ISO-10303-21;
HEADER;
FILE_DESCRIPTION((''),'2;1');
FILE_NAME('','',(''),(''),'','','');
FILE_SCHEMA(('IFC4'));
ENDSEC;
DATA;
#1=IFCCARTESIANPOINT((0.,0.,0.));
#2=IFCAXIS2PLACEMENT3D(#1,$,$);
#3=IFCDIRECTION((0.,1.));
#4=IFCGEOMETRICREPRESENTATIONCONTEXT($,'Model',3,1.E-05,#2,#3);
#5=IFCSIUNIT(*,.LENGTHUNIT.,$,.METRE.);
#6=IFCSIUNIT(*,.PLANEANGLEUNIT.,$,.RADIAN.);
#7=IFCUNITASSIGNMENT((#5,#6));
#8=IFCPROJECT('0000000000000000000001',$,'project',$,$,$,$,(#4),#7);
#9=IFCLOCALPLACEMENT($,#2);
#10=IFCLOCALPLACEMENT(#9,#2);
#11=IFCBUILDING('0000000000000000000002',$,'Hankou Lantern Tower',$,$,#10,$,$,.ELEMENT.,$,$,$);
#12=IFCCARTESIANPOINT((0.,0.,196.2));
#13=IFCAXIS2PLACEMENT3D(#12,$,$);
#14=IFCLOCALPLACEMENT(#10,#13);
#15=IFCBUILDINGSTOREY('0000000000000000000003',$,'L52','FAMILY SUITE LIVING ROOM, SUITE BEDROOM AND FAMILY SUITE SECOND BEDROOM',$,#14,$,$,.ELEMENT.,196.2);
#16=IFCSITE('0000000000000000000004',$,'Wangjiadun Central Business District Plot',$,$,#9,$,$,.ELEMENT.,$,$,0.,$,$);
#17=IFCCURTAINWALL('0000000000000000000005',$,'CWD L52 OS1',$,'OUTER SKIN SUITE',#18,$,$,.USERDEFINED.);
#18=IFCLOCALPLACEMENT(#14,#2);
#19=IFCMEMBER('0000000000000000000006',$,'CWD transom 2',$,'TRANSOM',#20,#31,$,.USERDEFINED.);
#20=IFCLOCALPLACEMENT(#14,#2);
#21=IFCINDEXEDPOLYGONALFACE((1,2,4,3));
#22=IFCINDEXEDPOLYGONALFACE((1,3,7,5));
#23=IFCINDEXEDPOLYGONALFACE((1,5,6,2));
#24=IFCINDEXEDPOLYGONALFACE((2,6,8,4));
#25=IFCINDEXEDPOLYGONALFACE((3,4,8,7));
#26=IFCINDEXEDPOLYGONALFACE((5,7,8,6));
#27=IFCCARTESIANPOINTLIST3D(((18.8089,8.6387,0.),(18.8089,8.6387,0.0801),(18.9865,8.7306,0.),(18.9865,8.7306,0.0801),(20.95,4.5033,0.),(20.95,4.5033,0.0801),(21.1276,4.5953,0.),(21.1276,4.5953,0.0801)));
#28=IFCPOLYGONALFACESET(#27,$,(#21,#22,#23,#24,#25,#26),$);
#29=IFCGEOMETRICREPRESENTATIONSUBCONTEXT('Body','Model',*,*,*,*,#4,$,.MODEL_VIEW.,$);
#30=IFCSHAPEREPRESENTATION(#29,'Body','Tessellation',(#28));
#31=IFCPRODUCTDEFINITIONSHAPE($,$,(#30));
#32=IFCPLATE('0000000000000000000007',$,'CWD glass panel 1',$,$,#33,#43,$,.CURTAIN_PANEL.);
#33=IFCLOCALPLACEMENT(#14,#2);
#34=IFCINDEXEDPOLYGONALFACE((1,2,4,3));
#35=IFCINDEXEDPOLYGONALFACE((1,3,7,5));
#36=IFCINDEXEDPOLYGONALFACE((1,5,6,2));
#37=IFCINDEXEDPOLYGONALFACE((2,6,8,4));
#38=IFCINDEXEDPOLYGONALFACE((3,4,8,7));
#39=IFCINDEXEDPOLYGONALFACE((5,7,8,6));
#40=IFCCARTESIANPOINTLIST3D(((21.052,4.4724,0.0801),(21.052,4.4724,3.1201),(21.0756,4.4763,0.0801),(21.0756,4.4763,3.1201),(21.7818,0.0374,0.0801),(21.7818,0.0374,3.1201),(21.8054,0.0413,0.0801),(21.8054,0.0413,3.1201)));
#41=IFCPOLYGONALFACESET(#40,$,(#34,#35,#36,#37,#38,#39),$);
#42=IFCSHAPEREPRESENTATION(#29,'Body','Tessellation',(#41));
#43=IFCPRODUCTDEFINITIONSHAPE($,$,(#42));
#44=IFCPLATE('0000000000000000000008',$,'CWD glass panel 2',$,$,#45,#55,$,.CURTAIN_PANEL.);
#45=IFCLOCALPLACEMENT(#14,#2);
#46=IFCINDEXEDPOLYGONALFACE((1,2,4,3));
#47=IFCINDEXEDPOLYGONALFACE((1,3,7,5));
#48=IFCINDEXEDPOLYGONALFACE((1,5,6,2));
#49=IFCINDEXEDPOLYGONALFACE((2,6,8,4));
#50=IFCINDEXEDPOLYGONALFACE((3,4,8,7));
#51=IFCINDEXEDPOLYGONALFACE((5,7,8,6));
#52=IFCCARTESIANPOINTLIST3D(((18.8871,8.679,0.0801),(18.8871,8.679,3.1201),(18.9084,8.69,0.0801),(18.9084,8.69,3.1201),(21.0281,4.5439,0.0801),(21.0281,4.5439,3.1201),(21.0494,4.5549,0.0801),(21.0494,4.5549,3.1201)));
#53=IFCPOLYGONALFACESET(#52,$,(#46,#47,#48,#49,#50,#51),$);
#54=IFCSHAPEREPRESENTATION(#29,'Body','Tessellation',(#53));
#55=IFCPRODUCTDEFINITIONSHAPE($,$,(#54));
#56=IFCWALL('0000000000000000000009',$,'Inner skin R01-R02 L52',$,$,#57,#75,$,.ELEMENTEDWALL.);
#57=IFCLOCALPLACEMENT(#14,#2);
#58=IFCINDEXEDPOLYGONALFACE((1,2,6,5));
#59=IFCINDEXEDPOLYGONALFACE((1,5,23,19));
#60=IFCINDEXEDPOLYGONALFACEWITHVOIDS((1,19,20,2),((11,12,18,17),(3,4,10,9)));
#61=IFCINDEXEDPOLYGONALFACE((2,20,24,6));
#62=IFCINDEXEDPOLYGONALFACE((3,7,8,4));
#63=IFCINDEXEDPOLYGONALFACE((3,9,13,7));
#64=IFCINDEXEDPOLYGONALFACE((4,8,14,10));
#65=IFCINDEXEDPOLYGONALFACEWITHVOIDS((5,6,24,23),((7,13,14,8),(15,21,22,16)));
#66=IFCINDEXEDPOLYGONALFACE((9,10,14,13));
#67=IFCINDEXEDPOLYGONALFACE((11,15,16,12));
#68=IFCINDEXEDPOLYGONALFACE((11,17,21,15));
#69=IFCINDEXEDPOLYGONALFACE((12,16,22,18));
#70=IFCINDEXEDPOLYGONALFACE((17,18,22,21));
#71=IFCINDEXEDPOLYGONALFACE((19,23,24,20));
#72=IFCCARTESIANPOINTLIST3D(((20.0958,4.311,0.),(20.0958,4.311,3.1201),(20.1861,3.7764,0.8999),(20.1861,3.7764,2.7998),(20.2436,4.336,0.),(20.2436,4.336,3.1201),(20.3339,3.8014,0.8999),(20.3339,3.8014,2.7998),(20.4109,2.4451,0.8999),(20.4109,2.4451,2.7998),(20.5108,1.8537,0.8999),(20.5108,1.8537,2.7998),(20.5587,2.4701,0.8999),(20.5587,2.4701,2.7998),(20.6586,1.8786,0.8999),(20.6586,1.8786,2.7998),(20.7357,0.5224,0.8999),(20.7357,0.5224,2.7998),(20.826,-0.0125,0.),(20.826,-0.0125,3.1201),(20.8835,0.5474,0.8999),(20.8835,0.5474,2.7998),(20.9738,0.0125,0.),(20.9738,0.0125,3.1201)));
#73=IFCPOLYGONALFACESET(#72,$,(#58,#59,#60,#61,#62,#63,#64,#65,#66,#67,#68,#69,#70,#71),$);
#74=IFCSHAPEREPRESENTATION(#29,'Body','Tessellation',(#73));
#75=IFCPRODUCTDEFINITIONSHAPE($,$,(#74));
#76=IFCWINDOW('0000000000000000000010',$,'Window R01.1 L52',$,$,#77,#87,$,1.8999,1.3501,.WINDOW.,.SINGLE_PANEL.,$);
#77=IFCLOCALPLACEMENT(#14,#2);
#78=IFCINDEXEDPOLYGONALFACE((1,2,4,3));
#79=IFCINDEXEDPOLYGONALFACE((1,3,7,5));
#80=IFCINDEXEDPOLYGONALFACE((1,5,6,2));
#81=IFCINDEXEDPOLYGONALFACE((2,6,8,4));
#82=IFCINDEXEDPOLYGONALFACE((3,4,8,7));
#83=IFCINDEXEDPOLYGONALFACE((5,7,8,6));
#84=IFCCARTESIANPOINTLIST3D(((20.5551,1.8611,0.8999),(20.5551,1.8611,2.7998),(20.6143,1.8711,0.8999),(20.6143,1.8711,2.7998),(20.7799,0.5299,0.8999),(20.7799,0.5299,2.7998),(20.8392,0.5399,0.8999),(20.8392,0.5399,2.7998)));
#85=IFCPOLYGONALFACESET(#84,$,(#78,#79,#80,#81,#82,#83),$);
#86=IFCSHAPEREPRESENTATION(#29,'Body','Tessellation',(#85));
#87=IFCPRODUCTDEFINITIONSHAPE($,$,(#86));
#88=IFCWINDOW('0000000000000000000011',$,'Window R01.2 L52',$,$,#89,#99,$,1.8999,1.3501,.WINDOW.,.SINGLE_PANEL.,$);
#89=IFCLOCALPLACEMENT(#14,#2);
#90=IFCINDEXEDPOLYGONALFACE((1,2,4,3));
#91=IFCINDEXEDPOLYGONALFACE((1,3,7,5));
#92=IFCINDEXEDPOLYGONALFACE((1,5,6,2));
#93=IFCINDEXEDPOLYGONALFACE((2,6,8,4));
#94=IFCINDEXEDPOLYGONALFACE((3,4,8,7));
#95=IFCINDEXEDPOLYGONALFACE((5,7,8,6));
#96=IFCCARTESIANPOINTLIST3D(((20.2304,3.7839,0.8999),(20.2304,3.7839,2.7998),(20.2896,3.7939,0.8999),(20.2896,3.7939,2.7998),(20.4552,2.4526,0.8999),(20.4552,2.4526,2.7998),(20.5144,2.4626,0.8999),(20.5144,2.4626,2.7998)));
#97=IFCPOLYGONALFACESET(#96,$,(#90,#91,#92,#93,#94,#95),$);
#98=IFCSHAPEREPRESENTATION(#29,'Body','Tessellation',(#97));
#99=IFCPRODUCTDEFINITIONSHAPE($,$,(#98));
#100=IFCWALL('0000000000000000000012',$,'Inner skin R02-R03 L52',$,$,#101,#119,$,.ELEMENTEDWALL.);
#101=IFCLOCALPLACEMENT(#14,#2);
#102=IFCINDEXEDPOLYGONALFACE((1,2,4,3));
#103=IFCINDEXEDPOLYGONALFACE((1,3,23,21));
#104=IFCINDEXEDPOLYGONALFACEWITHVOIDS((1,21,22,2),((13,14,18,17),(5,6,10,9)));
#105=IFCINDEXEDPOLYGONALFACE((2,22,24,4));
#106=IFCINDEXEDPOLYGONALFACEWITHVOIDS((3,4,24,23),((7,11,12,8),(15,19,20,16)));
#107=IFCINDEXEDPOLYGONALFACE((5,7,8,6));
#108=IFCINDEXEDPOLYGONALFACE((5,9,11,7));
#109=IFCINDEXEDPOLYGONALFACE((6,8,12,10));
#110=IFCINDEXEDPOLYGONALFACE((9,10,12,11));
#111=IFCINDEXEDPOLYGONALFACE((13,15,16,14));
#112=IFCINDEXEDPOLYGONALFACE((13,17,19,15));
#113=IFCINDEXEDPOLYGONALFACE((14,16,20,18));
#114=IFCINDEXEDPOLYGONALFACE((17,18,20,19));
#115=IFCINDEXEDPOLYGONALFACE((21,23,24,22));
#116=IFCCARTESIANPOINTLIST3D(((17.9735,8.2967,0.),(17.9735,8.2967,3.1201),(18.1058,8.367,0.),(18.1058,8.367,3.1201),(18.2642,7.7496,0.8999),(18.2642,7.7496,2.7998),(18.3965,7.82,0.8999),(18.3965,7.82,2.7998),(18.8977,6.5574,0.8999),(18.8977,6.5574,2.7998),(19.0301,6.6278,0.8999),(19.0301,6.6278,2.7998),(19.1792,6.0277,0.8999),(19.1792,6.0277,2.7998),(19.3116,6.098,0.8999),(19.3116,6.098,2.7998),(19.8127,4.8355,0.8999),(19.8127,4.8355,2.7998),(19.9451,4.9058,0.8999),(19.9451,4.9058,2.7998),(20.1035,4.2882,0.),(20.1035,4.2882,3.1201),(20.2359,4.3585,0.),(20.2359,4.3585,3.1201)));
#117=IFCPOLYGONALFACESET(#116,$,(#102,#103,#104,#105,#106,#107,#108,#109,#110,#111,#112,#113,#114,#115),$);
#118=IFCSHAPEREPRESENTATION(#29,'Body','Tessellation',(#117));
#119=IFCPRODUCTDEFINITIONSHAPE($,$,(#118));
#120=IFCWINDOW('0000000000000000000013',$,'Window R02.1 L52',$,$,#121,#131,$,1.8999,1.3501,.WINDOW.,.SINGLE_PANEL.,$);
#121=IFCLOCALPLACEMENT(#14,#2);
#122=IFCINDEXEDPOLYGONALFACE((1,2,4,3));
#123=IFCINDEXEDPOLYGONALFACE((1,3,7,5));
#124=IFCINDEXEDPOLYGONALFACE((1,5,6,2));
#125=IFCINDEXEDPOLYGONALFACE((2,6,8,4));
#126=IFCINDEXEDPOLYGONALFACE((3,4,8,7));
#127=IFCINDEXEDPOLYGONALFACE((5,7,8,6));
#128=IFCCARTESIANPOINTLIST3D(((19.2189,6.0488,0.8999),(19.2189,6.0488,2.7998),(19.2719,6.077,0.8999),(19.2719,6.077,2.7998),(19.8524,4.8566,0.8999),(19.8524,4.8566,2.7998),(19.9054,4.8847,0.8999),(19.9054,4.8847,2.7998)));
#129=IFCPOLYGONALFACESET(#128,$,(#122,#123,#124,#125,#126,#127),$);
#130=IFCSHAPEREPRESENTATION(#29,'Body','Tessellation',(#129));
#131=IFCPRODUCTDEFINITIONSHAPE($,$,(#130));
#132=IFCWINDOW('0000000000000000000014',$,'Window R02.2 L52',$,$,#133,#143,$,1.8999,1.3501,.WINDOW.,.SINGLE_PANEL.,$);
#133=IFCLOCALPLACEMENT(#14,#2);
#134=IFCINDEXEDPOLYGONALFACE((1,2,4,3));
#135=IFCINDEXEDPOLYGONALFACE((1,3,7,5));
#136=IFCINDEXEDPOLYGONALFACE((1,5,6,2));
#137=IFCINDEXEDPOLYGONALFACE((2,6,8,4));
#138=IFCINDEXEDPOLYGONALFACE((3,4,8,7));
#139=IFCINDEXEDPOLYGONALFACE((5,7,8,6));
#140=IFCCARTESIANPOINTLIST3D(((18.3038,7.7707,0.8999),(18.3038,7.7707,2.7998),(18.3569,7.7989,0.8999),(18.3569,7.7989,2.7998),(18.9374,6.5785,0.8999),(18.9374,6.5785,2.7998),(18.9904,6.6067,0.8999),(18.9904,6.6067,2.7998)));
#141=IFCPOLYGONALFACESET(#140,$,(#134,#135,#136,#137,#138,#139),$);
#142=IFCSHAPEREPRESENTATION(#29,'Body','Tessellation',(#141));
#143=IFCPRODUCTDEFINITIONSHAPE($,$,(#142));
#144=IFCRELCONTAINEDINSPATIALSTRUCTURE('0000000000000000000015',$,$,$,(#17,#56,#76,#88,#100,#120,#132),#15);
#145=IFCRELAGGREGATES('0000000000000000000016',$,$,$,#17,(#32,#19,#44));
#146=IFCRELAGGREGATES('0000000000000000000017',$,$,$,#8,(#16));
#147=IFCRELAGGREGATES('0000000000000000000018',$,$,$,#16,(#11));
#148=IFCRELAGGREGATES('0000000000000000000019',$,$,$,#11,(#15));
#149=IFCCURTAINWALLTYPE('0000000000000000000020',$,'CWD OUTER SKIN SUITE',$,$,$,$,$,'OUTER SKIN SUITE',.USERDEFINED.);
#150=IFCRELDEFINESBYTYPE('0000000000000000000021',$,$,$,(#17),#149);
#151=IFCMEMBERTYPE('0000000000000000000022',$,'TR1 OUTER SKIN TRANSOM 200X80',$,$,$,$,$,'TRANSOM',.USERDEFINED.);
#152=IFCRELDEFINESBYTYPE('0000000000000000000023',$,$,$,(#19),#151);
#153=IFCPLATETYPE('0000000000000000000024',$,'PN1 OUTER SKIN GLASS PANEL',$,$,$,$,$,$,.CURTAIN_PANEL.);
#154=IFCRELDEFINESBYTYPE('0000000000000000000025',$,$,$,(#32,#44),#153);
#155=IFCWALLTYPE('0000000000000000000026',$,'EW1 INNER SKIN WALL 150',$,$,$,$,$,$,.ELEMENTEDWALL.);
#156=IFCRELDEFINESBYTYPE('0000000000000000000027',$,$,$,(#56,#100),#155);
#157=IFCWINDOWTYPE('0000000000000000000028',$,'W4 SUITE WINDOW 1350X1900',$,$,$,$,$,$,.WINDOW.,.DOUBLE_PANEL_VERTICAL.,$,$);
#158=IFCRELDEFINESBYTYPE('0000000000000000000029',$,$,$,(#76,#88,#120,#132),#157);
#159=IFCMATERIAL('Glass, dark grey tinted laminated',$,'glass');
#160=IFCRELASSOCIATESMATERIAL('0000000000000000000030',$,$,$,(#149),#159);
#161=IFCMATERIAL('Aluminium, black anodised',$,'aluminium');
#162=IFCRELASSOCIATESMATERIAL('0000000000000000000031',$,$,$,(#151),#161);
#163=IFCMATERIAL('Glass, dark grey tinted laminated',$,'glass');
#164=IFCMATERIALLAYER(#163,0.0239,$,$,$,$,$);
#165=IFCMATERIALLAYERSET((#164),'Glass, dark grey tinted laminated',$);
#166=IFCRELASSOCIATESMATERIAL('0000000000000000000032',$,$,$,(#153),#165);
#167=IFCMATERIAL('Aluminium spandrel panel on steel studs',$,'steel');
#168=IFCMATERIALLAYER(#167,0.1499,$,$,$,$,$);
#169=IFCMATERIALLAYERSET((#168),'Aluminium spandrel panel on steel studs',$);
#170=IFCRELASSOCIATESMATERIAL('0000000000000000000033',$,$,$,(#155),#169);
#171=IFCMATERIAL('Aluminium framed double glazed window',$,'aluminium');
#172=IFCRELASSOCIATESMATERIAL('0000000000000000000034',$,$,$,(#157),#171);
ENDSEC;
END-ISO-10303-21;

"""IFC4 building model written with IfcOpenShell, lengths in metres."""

from ifc_helpers import new_model, si_unit, direction, frame, frame_2d, origin, origin_2d, place, context, subcontext, project, spatial, rectangle, extrude, material, layer, layer_set, material_profile, profile_set, type_object, element, fill, aggregate, save


model = new_model("IFC4")

# Units and contexts
model_context = context("Model", 3, precision=1e-05, world=origin(), true_north=direction((0.0, 1.0)))
body_context = subcontext(model_context, "Body", "Model", "MODEL_VIEW")
ifc_project = project(units=[si_unit("LENGTHUNIT", "METRE"), si_unit("PLANEANGLEUNIT", "RADIAN")], contexts=[model_context])

# Site, building, storey
site_placement = place(None, origin())
site = spatial("IfcSite", under=ifc_project, at=site_placement, Name="Wangjiadun Central Business District Plot", CompositionType="ELEMENT", RefElevation=0.0)
building_placement = place(site_placement, origin())
building = spatial("IfcBuilding", under=site, at=building_placement, Name="Hankou Lantern Tower", CompositionType="ELEMENT")
storey_placement = place(building_placement, frame((0.0, 0.0, 196.2)))
storey = spatial("IfcBuildingStorey", under=building, at=storey_placement, Name="L52", Description="FAMILY SUITE LIVING ROOM, SUITE BEDROOM AND FAMILY SUITE SECOND BEDROOM", CompositionType="ELEMENT", Elevation=196.2)

# Curtain wall
ifc_material_1 = material(Name="Glass, dark grey tinted laminated", Category="glass")
curtain_wall_type = type_object("IfcCurtainWallType", Name="CWD OUTER SKIN SUITE", ElementType="OUTER SKIN SUITE", PredefinedType="USERDEFINED", material=ifc_material_1)
curtain_wall_placement = place(storey_placement, origin())
curtain_wall = element("IfcCurtainWall", 1, at=curtain_wall_placement, inside=storey, type_object=curtain_wall_type, Name="CWD L52 OS1", ObjectType="OUTER SKIN SUITE", PredefinedType="USERDEFINED")

# Member
ifc_material_2 = material(Name="Aluminium, black anodised", Category="aluminium")
ifc_material_profile_1 = material_profile(ifc_material_2, rectangle(XDim=0.2, YDim=0.0801, at=origin_2d()), Name="TR1 200X80")
ifc_profile_set_1 = profile_set([ifc_material_profile_1], Name="Aluminium, black anodised")
member_type_1 = type_object("IfcMemberType", Name="TR1 OUTER SKIN TRANSOM 200X80", ElementType="TRANSOM", PredefinedType="USERDEFINED", material=ifc_profile_set_1)
member_1_placement = place(storey_placement, frame((21.0388, 4.5493, 0.04), z_axis=(-0.459794, 0.888026, 0.0), x_axis=(-0.888026, -0.459794, 0.0)))
member_1 = element("IfcMember", 2, at=member_1_placement, type_object=member_type_1, Name="CWD transom 2", ObjectType="TRANSOM", PredefinedType="USERDEFINED", context=body_context, shape_type="SweptSolid", body=[
    extrude(rectangle(XDim=0.2, YDim=0.0801, at=origin_2d()), origin(), (0.0, 0.0, 1.0), 4.6567),
])

# Plates
ifc_material_3 = material(Name="Glass, dark grey tinted laminated", Category="glass")
ifc_layer_1 = layer(ifc_material_3, 0.0239)
ifc_layer_set_1 = layer_set([ifc_layer_1], Name="Glass, dark grey tinted laminated")
plate_type = type_object("IfcPlateType", Name="PN1 OUTER SKIN GLASS PANEL", PredefinedType="CURTAIN_PANEL", material=ifc_layer_set_1)
plate_1_placement = place(storey_placement, frame((21.4287, 2.2568, 0.0801), z_axis=(0.0, 0.0, 1.0), x_axis=(-0.162382, 0.986728, 0.0)))
plate_1 = element("IfcPlate", 3, at=plate_1_placement, type_object=plate_type, Name="CWD glass panel 1", PredefinedType="CURTAIN_PANEL", context=body_context, shape_type="SweptSolid", body=[
    extrude(rectangle(XDim=4.4946, YDim=0.0239, at=origin_2d()), origin(), (0.0, 0.0, 1.0), 3.04),
])
plate_2_placement = place(storey_placement, frame((19.9683, 6.6169, 0.0801), z_axis=(0.0, 0.0, 1.0), x_axis=(-0.459791, 0.888027, 0.0)))
plate_2 = element("IfcPlate", 4, at=plate_2_placement, type_object=plate_type, Name="CWD glass panel 2", PredefinedType="CURTAIN_PANEL", context=body_context, shape_type="SweptSolid", body=[
    extrude(rectangle(XDim=4.6565, YDim=0.0239, at=origin_2d()), origin(), (0.0, 0.0, 1.0), 3.04),
])
aggregate(curtain_wall, [plate_1, member_1, plate_2])

# Walls, openings, windows
ifc_material_4 = material(Name="Aluminium spandrel panel on steel studs", Category="steel")
ifc_layer_2 = layer(ifc_material_4, 0.1499)
ifc_layer_set_2 = layer_set([ifc_layer_2], Name="Aluminium spandrel panel on steel studs")
wall_type_1 = type_object("IfcWallType", Name="EW1 INNER SKIN WALL 150", PredefinedType="ELEMENTEDWALL", material=ifc_layer_set_2)
wall_1_placement = place(storey_placement, frame((20.8999, 0.0, 0.0), z_axis=(0.0, 0.0, 1.0), x_axis=(-0.166539, 0.986035, 0.0)))
wall_1 = element("IfcWall", 5, at=wall_1_placement, inside=storey, type_object=wall_type_1, Name="Inner skin R01-R02 L52", PredefinedType="ELEMENTEDWALL", context=body_context, shape_type="SweptSolid", body=[
    extrude(rectangle(XDim=4.3848, YDim=0.1499, at=frame_2d((2.1924, 0.0))), origin(), (0.0, 0.0, 1.0), 3.1201),
])
opening_1_placement = place(wall_1_placement, frame((0.5425, 0.0, 0.8999)))
opening_1 = element("IfcOpeningElement", 6, at=opening_1_placement, cuts=wall_1, PredefinedType="OPENING", context=body_context, shape_type="SweptSolid", body=[
    extrude(rectangle(XDim=1.3501, YDim=1.8999, at=frame_2d((0.675, 0.95))), frame((0.0, 0.085, 0.0), z_axis=(0.0, -1.0, 0.0), x_axis=(1.0, 0.0, 0.0)), (0.0, 0.0, 1.0), 0.1699),
])
opening_2_placement = place(wall_1_placement, frame((2.4924, 0.0, 0.8999)))
opening_2 = element("IfcOpeningElement", 7, at=opening_2_placement, cuts=wall_1, PredefinedType="OPENING", context=body_context, shape_type="SweptSolid", body=[
    extrude(rectangle(XDim=1.3501, YDim=1.8999, at=frame_2d((0.675, 0.95))), frame((0.0, 0.085, 0.0), z_axis=(0.0, -1.0, 0.0), x_axis=(1.0, 0.0, 0.0)), (0.0, 0.0, 1.0), 0.1699),
])
ifc_material_5 = material(Name="Aluminium framed double glazed window", Category="aluminium")
window_type = type_object("IfcWindowType", Name="W4 SUITE WINDOW 1350X1900", PartitioningType="DOUBLE_PANEL_VERTICAL", PredefinedType="WINDOW", material=ifc_material_5)
window_1_placement = place(opening_1_placement, origin())
window_1 = element("IfcWindow", 8, at=window_1_placement, inside=storey, type_object=window_type, Name="Window R01.1 L52", OverallHeight=1.8999, OverallWidth=1.3501, PartitioningType="SINGLE_PANEL", PredefinedType="WINDOW", context=body_context, shape_type="SweptSolid", body=[
    extrude(rectangle(XDim=1.3501, YDim=1.8999, at=frame_2d((0.675, 0.95))), frame((0.0, 0.03, 0.0), z_axis=(0.0, -1.0, 0.0), x_axis=(1.0, 0.0, 0.0)), (0.0, 0.0, 1.0), 0.0601),
])
fill(opening_1, window_1)
window_2_placement = place(opening_2_placement, origin())
window_2 = element("IfcWindow", 9, at=window_2_placement, inside=storey, type_object=window_type, Name="Window R01.2 L52", OverallHeight=1.8999, OverallWidth=1.3501, PartitioningType="SINGLE_PANEL", PredefinedType="WINDOW", context=body_context, shape_type="SweptSolid", body=[
    extrude(rectangle(XDim=1.3501, YDim=1.8999, at=frame_2d((0.675, 0.95))), frame((0.0, 0.03, 0.0), z_axis=(0.0, -1.0, 0.0), x_axis=(1.0, 0.0, 0.0)), (0.0, 0.0, 1.0), 0.0601),
])
fill(opening_2, window_2)
wall_2_placement = place(storey_placement, frame((20.1697, 4.3235, 0.0), z_axis=(0.0, 0.0, 1.0), x_axis=(-0.469256, 0.883062, 0.0)))
wall_2 = element("IfcWall", 10, at=wall_2_placement, inside=storey, type_object=wall_type_1, Name="Inner skin R02-R03 L52", PredefinedType="ELEMENTEDWALL", context=body_context, shape_type="SweptSolid", body=[
    extrude(rectangle(XDim=4.5393, YDim=0.1499, at=frame_2d((2.2695, 0.0))), origin(), (0.0, 0.0, 1.0), 3.1201),
])
opening_3_placement = place(wall_2_placement, frame((0.6196, 0.0, 0.8999)))
opening_3 = element("IfcOpeningElement", 11, at=opening_3_placement, cuts=wall_2, PredefinedType="OPENING", context=body_context, shape_type="SweptSolid", body=[
    extrude(rectangle(XDim=1.3501, YDim=1.8999, at=frame_2d((0.675, 0.95))), frame((0.0, 0.085, 0.0), z_axis=(0.0, -1.0, 0.0), x_axis=(1.0, 0.0, 0.0)), (0.0, 0.0, 1.0), 0.1699),
])
opening_4_placement = place(wall_2_placement, frame((2.5696, 0.0, 0.8999)))
opening_4 = element("IfcOpeningElement", 12, at=opening_4_placement, cuts=wall_2, PredefinedType="OPENING", context=body_context, shape_type="SweptSolid", body=[
    extrude(rectangle(XDim=1.3501, YDim=1.8999, at=frame_2d((0.675, 0.95))), frame((0.0, 0.085, 0.0), z_axis=(0.0, -1.0, 0.0), x_axis=(1.0, 0.0, 0.0)), (0.0, 0.0, 1.0), 0.1699),
])
window_3_placement = place(opening_3_placement, origin())
window_3 = element("IfcWindow", 13, at=window_3_placement, inside=storey, type_object=window_type, Name="Window R02.1 L52", OverallHeight=1.8999, OverallWidth=1.3501, PartitioningType="SINGLE_PANEL", PredefinedType="WINDOW", context=body_context, shape_type="SweptSolid", body=[
    extrude(rectangle(XDim=1.3501, YDim=1.8999, at=frame_2d((0.675, 0.95))), frame((0.0, 0.03, 0.0), z_axis=(0.0, -1.0, 0.0), x_axis=(1.0, 0.0, 0.0)), (0.0, 0.0, 1.0), 0.0601),
])
fill(opening_3, window_3)
window_4_placement = place(opening_4_placement, origin())
window_4 = element("IfcWindow", 14, at=window_4_placement, inside=storey, type_object=window_type, Name="Window R02.2 L52", OverallHeight=1.8999, OverallWidth=1.3501, PartitioningType="SINGLE_PANEL", PredefinedType="WINDOW", context=body_context, shape_type="SweptSolid", body=[
    extrude(rectangle(XDim=1.3501, YDim=1.8999, at=frame_2d((0.675, 0.95))), frame((0.0, 0.03, 0.0), z_axis=(0.0, -1.0, 0.0), x_axis=(1.0, 0.0, 0.0)), (0.0, 0.0, 1.0), 0.0601),
])
fill(opening_4, window_4)

save(model, "model.ifc")
